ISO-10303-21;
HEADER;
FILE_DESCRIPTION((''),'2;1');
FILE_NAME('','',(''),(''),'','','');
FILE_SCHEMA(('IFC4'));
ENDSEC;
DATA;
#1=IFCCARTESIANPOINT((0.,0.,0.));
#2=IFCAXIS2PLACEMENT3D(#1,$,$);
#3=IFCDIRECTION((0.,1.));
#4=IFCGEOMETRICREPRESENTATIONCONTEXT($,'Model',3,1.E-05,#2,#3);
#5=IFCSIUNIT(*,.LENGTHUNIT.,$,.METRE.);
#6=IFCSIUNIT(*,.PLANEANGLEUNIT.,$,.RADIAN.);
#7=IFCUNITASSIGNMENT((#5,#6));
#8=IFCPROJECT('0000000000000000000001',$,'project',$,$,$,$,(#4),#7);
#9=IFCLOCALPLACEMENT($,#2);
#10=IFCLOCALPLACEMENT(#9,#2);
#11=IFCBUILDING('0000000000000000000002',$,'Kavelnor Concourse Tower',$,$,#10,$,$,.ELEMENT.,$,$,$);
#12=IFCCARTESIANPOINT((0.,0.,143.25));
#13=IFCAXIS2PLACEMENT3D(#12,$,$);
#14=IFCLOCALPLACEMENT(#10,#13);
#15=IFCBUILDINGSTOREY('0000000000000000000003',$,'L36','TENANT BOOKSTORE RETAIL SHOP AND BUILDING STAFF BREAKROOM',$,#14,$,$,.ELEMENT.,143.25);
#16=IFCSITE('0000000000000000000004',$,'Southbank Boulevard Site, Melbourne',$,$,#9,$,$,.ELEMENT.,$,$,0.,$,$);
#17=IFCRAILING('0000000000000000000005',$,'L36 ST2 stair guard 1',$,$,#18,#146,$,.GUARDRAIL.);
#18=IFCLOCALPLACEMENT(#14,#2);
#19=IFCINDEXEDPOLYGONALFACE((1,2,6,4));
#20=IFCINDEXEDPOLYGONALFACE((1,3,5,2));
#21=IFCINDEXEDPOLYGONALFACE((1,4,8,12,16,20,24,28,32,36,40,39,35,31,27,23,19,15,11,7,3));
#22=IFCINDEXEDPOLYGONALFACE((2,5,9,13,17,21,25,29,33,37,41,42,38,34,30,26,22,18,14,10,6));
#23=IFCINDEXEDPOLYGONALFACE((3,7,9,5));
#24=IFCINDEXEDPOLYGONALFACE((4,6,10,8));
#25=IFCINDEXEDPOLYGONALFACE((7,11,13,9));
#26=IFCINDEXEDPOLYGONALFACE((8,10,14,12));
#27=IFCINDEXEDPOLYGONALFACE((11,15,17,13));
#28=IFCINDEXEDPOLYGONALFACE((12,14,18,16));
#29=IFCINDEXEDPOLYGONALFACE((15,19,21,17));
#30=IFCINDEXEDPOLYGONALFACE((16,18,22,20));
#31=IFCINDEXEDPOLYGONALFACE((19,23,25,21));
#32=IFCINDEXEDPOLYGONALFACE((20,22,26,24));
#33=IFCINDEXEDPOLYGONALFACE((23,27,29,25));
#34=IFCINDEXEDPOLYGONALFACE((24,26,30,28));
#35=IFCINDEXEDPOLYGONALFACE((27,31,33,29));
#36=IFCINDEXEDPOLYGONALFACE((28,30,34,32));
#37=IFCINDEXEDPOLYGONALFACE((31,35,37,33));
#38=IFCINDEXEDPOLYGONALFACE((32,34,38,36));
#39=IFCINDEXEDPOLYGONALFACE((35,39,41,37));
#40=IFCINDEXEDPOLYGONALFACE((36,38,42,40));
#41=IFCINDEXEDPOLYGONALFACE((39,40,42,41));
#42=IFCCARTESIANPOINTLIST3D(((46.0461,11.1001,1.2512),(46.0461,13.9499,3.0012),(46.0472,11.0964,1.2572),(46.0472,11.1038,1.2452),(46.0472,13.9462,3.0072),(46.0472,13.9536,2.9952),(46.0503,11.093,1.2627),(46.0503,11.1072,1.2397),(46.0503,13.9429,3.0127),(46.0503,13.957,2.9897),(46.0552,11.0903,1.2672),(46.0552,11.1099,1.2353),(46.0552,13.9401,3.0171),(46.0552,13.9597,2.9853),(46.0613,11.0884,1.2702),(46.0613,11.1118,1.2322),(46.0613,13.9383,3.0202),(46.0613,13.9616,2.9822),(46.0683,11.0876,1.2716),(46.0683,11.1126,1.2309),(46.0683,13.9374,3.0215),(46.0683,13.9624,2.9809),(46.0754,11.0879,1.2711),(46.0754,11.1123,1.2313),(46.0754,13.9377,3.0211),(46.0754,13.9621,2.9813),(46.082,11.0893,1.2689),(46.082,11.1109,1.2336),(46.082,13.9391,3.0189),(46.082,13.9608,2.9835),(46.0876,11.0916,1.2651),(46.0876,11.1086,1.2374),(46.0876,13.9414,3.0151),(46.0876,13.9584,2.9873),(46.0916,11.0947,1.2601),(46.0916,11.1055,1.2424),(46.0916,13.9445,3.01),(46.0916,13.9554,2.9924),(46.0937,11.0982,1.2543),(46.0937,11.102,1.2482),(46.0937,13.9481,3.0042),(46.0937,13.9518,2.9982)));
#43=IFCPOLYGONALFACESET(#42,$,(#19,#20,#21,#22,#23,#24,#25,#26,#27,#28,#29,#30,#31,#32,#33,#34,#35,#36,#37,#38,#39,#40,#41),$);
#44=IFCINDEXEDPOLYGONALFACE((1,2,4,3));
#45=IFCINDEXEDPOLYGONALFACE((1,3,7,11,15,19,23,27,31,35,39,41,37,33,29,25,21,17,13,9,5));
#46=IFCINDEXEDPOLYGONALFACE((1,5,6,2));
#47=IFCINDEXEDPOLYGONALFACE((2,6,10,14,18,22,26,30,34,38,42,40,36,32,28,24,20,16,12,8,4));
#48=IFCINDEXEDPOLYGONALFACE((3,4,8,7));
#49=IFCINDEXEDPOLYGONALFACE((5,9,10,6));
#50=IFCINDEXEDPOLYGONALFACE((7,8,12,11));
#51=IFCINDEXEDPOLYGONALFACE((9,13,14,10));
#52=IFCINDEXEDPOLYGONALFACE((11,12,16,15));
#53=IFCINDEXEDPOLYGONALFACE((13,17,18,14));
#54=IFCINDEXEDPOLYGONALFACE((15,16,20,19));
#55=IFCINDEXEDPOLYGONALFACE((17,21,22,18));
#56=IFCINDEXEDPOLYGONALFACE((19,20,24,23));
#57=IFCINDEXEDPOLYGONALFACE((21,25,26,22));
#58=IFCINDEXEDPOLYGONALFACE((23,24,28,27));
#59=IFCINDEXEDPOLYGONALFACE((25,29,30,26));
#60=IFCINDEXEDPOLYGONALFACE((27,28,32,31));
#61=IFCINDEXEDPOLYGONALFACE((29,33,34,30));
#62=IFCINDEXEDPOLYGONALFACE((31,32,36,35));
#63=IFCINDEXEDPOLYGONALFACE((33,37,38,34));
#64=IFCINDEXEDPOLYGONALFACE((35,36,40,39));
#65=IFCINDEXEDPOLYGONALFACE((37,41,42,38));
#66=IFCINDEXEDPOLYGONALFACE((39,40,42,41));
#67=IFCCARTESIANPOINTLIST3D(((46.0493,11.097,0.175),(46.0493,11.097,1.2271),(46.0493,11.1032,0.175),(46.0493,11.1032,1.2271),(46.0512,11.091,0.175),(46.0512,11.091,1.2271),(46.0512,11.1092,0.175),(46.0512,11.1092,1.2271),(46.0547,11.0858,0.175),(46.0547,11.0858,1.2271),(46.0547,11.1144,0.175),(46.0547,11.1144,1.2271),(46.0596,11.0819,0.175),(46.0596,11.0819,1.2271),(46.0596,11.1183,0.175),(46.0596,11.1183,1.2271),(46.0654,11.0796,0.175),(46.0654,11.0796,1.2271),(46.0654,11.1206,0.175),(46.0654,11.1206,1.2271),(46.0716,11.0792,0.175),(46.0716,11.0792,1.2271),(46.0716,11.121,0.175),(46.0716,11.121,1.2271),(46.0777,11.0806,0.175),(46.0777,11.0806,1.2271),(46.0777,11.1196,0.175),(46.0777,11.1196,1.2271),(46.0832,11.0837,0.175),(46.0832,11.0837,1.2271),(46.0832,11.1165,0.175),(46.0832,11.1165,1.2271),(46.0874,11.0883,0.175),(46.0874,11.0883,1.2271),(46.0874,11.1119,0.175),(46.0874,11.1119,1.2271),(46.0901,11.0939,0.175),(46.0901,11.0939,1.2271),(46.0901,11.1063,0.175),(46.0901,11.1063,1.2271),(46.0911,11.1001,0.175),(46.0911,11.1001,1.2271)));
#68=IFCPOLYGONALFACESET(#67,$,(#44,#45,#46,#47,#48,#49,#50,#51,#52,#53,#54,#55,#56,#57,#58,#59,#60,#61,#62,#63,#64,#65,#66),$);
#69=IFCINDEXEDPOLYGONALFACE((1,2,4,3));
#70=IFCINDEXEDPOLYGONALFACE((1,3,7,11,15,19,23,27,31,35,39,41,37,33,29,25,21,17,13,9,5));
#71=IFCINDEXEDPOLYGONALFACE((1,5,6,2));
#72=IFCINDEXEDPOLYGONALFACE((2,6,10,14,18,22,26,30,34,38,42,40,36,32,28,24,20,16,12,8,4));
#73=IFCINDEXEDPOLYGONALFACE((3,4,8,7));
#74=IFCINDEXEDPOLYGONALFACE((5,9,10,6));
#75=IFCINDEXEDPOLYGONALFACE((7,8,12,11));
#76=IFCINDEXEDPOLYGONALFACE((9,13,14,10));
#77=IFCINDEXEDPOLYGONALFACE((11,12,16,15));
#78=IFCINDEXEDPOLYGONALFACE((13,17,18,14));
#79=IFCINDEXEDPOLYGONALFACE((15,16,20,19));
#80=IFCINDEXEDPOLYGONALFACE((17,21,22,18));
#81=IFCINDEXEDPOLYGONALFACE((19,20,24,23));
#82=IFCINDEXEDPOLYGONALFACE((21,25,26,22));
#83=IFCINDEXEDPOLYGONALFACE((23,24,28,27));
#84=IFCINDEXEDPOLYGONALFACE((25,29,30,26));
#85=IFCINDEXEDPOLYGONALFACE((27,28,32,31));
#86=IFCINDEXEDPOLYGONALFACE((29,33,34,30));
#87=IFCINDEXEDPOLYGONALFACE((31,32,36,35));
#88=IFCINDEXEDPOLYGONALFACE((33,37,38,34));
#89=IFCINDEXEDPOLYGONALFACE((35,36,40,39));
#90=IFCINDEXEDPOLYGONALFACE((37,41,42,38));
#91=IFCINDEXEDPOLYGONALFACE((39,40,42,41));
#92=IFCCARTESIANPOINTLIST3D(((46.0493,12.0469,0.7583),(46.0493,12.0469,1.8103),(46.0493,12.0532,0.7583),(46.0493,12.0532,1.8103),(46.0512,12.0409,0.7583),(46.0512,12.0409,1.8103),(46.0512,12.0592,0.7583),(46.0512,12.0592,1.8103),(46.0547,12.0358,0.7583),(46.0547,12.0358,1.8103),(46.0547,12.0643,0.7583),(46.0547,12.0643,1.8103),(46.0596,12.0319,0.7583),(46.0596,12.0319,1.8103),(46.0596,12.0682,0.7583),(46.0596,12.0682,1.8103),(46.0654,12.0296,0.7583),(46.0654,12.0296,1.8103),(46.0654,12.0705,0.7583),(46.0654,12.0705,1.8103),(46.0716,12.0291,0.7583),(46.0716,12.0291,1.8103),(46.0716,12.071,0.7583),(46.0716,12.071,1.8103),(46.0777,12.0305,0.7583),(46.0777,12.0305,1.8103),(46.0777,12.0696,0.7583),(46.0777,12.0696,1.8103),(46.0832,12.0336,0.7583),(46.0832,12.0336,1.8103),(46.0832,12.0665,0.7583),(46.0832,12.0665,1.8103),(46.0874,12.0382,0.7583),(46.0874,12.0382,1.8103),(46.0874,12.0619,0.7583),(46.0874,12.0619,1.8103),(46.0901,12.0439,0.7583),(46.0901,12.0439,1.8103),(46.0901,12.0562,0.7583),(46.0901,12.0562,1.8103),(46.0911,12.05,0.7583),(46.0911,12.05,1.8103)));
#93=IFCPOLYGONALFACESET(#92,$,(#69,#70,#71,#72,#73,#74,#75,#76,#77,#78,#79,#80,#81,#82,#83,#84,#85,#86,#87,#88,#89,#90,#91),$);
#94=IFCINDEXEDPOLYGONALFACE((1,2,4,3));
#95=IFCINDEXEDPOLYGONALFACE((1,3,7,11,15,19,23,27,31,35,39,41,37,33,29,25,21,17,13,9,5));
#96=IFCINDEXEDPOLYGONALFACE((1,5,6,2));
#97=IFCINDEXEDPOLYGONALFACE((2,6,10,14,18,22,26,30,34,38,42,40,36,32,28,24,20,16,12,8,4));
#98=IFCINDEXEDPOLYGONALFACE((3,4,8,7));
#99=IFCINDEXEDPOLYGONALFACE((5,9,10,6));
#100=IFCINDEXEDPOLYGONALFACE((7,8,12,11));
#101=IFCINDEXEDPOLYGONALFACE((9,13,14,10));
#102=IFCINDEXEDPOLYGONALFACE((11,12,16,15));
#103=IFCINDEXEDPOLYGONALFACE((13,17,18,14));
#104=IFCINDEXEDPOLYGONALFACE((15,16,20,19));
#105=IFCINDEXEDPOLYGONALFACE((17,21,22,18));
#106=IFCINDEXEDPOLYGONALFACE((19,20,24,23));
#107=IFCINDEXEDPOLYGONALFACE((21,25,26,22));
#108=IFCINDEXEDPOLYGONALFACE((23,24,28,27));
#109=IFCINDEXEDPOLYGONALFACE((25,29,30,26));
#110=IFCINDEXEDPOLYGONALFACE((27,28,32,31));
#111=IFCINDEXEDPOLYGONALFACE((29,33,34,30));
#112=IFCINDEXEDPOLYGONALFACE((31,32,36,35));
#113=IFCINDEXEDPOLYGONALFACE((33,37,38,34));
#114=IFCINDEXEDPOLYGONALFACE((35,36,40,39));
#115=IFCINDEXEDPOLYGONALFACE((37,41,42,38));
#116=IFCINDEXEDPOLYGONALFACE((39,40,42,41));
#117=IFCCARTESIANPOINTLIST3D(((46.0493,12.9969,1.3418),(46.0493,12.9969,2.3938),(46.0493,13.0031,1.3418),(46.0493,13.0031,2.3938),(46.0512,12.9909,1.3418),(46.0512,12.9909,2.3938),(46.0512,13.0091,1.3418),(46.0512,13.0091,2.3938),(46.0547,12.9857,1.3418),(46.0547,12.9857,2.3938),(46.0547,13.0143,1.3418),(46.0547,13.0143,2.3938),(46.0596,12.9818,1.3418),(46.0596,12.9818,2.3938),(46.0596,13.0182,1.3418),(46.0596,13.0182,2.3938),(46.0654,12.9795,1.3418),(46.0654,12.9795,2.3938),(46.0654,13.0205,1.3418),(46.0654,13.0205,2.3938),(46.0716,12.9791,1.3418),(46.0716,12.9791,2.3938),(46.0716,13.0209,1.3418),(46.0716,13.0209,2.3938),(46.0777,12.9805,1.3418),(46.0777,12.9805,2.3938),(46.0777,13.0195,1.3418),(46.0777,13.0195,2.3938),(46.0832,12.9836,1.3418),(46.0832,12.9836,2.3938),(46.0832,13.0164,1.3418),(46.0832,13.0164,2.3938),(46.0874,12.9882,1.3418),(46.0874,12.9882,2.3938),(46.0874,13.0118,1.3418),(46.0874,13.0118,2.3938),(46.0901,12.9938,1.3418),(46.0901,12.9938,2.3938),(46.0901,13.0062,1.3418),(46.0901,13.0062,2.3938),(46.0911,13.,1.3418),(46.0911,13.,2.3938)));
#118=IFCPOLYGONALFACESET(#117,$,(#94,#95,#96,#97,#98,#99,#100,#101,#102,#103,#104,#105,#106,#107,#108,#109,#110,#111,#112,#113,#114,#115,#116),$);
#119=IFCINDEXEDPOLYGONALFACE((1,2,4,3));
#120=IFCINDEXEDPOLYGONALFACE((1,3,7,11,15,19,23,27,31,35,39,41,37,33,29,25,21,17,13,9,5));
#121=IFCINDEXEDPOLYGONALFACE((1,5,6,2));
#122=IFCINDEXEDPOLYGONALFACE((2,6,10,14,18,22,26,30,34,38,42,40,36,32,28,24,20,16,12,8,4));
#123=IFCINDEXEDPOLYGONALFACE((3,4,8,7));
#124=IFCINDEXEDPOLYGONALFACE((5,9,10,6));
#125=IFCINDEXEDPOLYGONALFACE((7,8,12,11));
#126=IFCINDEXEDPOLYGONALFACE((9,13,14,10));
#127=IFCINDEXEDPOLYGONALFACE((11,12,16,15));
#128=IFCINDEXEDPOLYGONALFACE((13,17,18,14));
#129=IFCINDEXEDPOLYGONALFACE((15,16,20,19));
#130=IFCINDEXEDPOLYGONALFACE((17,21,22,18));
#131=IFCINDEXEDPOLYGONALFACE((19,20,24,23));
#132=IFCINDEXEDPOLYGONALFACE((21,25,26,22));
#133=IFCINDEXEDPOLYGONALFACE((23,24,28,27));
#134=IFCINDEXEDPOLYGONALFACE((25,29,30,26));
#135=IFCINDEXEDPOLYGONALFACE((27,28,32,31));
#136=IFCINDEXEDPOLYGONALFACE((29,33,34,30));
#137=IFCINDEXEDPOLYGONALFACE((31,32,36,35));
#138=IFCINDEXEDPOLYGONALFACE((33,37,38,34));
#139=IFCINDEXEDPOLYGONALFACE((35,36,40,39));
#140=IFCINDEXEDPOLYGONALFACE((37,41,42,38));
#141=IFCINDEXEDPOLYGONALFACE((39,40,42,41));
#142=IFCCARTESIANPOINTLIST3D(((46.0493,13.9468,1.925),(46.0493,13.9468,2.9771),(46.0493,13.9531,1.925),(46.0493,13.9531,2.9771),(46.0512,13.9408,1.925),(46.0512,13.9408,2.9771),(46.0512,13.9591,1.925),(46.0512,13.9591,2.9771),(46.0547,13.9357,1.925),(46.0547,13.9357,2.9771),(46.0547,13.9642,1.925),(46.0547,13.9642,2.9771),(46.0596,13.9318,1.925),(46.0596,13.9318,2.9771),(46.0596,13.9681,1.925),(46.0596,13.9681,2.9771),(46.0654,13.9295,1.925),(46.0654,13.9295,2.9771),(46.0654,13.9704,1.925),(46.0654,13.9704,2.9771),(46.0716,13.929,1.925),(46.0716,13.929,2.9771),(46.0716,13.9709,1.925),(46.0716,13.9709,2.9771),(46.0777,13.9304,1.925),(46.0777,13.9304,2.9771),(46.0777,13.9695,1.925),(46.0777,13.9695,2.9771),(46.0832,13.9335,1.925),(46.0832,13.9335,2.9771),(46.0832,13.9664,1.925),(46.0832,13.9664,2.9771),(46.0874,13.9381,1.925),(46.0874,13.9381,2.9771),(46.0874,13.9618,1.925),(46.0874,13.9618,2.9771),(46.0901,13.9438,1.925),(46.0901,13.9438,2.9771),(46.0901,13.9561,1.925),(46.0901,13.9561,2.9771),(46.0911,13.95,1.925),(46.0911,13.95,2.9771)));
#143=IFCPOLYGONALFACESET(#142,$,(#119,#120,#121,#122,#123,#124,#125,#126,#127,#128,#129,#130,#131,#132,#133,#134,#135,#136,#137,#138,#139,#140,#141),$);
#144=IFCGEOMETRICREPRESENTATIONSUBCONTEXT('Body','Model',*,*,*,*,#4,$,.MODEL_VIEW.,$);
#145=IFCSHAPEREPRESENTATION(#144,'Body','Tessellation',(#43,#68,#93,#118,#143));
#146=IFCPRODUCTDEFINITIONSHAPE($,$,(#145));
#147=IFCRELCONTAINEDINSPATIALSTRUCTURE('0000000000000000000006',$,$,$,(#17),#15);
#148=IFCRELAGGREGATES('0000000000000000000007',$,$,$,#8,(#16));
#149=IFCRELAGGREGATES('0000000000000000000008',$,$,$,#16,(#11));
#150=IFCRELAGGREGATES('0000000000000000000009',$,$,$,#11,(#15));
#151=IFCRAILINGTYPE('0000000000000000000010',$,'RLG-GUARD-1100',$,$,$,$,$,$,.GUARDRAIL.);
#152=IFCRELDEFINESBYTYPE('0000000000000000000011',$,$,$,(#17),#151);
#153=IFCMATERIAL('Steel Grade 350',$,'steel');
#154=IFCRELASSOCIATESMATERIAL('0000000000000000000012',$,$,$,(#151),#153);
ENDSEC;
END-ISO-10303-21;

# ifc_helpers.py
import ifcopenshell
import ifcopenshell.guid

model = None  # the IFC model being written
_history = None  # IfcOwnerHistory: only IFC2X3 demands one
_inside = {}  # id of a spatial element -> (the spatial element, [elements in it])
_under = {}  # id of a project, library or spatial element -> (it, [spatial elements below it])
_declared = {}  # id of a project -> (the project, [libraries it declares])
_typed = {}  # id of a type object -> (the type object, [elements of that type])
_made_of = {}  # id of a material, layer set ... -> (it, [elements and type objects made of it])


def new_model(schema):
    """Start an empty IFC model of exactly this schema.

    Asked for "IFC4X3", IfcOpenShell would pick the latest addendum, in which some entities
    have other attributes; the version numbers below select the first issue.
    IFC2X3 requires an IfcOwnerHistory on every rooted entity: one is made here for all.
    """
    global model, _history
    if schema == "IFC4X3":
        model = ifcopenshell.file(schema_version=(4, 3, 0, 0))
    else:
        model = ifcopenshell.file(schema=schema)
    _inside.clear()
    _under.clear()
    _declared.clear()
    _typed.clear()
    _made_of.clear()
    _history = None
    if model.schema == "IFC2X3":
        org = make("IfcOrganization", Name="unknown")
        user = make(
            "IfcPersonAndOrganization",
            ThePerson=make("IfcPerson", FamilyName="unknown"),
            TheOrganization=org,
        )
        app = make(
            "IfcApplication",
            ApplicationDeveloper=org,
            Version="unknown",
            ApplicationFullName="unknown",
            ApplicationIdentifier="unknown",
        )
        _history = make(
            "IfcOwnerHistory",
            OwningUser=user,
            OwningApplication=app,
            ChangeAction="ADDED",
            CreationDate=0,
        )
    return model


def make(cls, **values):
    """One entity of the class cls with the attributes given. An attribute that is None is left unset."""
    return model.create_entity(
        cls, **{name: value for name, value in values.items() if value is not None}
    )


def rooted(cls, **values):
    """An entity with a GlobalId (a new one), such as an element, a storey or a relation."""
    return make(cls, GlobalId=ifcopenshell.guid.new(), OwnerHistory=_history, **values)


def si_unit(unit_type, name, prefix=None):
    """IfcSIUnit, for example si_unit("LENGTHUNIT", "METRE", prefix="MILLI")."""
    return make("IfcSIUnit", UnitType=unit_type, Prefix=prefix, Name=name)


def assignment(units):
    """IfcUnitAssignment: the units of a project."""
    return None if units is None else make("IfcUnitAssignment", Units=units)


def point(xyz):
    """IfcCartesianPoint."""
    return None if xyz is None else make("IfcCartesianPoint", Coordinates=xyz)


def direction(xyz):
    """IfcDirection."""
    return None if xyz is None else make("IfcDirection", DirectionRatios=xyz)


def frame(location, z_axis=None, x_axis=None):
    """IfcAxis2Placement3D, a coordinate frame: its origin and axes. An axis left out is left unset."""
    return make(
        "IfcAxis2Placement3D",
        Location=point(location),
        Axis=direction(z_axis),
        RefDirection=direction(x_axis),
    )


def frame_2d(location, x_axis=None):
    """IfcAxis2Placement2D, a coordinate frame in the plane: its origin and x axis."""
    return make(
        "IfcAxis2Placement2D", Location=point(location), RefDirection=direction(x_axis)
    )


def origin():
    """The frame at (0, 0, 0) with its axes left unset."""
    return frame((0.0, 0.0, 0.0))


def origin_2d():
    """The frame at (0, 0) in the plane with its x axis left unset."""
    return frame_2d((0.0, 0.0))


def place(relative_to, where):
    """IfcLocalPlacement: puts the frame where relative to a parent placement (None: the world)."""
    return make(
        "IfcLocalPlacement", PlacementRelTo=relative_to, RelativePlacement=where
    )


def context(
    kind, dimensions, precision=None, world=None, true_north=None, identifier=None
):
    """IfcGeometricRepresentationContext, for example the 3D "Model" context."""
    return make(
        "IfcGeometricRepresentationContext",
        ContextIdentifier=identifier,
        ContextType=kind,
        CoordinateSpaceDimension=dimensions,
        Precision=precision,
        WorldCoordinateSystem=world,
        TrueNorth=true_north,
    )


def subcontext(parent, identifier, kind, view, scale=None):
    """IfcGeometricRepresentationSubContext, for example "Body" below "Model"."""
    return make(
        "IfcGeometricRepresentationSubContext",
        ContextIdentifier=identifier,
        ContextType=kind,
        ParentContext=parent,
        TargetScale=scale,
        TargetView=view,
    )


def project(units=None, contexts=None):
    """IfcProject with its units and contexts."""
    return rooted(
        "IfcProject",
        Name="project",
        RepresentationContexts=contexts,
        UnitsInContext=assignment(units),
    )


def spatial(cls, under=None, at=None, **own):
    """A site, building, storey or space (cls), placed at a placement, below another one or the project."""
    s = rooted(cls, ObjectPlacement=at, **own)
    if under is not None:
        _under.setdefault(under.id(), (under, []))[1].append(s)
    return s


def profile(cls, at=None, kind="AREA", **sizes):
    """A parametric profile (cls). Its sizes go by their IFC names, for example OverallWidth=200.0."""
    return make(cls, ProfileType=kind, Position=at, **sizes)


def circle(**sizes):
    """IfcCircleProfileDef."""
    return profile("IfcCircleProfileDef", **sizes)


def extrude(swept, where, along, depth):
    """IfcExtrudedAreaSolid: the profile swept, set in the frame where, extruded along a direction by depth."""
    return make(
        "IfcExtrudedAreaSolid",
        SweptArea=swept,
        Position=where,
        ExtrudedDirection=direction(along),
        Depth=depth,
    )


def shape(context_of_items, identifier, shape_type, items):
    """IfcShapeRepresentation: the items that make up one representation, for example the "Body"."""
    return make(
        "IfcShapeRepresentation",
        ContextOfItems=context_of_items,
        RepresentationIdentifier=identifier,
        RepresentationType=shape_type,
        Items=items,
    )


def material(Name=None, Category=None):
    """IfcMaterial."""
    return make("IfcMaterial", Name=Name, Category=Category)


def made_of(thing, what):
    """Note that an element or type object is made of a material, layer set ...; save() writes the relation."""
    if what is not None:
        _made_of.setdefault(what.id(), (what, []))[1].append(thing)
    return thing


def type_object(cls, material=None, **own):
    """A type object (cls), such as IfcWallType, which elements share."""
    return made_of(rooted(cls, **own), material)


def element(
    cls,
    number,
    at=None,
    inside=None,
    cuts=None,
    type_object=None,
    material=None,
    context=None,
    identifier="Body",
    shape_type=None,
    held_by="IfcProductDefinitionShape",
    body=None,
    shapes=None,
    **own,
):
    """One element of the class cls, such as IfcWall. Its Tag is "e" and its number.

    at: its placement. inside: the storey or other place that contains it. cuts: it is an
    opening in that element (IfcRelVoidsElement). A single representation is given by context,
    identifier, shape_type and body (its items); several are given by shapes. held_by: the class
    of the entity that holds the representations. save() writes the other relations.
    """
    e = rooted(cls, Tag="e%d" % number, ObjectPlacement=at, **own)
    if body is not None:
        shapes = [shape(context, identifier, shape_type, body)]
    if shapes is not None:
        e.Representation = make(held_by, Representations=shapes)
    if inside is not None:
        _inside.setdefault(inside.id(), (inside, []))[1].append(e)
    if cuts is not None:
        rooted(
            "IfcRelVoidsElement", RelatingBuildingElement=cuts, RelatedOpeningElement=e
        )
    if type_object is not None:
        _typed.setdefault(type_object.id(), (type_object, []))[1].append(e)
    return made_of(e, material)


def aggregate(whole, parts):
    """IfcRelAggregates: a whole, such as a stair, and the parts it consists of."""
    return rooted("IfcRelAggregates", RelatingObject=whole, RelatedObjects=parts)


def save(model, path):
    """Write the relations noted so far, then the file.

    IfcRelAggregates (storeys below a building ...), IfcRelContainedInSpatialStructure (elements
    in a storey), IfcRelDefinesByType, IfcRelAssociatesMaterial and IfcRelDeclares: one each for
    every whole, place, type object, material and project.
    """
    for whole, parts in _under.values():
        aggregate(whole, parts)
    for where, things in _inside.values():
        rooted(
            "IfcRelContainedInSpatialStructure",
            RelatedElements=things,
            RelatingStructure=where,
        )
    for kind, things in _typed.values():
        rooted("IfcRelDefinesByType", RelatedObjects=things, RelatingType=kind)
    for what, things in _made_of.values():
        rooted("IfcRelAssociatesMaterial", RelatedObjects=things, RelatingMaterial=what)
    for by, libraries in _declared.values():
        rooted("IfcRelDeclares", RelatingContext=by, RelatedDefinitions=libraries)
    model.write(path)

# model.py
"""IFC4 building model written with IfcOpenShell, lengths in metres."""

from ifc_helpers import new_model, si_unit, direction, frame, origin, origin_2d, place, context, subcontext, project, spatial, circle, extrude, material, type_object, element, save


model = new_model("IFC4")

# Units and contexts
model_context = context("Model", 3, precision=1e-05, world=origin(), true_north=direction((0.0, 1.0)))
body_context = subcontext(model_context, "Body", "Model", "MODEL_VIEW")
ifc_project = project(units=[si_unit("LENGTHUNIT", "METRE"), si_unit("PLANEANGLEUNIT", "RADIAN")], contexts=[model_context])

# Site, building, storey
site_placement = place(None, origin())
site = spatial("IfcSite", under=ifc_project, at=site_placement, Name="Southbank Boulevard Site, Melbourne", CompositionType="ELEMENT", RefElevation=0.0)
building_placement = place(site_placement, origin())
building = spatial("IfcBuilding", under=site, at=building_placement, Name="Kavelnor Concourse Tower", CompositionType="ELEMENT")
storey_placement = place(building_placement, frame((0.0, 0.0, 143.25)))
storey = spatial("IfcBuildingStorey", under=building, at=storey_placement, Name="L36", Description="TENANT BOOKSTORE RETAIL SHOP AND BUILDING STAFF BREAKROOM", CompositionType="ELEMENT", Elevation=143.25)

# Shared definitions
ifc_material_1 = material(Name="Steel Grade 350", Category="steel")

# Railing
railing_type_1 = type_object("IfcRailingType", Name="RLG-GUARD-1100", PredefinedType="GUARDRAIL", material=ifc_material_1)
railing_1_placement = place(storey_placement, frame((46.0701, 11.1001, 0.175)))
element("IfcRailing", 1, at=railing_1_placement, inside=storey, type_object=railing_type_1, Name="L36 ST2 stair guard 1", PredefinedType="GUARDRAIL", context=body_context, shape_type="SweptSolid", body=[
    extrude(circle(Radius=0.0239, at=origin_2d()), frame((0.0, 0.0, 1.0762), z_axis=(0.0, 0.852159, 0.523283), x_axis=(-1.0, 0.0, 0.0)), (0.0, 0.0, 1.0), 3.3442),
    extrude(circle(Radius=0.021, at=origin_2d()), origin(), (0.0, 0.0, 1.0), 1.052),
    extrude(circle(Radius=0.021, at=origin_2d()), frame((0.0, 0.95, 0.5833)), (0.0, 0.0, 1.0), 1.052),
    extrude(circle(Radius=0.021, at=origin_2d()), frame((0.0, 1.8999, 1.1667)), (0.0, 0.0, 1.0), 1.052),
    extrude(circle(Radius=0.021, at=origin_2d()), frame((0.0, 2.8499, 1.75)), (0.0, 0.0, 1.0), 1.052),
])

save(model, "model.ifc")
